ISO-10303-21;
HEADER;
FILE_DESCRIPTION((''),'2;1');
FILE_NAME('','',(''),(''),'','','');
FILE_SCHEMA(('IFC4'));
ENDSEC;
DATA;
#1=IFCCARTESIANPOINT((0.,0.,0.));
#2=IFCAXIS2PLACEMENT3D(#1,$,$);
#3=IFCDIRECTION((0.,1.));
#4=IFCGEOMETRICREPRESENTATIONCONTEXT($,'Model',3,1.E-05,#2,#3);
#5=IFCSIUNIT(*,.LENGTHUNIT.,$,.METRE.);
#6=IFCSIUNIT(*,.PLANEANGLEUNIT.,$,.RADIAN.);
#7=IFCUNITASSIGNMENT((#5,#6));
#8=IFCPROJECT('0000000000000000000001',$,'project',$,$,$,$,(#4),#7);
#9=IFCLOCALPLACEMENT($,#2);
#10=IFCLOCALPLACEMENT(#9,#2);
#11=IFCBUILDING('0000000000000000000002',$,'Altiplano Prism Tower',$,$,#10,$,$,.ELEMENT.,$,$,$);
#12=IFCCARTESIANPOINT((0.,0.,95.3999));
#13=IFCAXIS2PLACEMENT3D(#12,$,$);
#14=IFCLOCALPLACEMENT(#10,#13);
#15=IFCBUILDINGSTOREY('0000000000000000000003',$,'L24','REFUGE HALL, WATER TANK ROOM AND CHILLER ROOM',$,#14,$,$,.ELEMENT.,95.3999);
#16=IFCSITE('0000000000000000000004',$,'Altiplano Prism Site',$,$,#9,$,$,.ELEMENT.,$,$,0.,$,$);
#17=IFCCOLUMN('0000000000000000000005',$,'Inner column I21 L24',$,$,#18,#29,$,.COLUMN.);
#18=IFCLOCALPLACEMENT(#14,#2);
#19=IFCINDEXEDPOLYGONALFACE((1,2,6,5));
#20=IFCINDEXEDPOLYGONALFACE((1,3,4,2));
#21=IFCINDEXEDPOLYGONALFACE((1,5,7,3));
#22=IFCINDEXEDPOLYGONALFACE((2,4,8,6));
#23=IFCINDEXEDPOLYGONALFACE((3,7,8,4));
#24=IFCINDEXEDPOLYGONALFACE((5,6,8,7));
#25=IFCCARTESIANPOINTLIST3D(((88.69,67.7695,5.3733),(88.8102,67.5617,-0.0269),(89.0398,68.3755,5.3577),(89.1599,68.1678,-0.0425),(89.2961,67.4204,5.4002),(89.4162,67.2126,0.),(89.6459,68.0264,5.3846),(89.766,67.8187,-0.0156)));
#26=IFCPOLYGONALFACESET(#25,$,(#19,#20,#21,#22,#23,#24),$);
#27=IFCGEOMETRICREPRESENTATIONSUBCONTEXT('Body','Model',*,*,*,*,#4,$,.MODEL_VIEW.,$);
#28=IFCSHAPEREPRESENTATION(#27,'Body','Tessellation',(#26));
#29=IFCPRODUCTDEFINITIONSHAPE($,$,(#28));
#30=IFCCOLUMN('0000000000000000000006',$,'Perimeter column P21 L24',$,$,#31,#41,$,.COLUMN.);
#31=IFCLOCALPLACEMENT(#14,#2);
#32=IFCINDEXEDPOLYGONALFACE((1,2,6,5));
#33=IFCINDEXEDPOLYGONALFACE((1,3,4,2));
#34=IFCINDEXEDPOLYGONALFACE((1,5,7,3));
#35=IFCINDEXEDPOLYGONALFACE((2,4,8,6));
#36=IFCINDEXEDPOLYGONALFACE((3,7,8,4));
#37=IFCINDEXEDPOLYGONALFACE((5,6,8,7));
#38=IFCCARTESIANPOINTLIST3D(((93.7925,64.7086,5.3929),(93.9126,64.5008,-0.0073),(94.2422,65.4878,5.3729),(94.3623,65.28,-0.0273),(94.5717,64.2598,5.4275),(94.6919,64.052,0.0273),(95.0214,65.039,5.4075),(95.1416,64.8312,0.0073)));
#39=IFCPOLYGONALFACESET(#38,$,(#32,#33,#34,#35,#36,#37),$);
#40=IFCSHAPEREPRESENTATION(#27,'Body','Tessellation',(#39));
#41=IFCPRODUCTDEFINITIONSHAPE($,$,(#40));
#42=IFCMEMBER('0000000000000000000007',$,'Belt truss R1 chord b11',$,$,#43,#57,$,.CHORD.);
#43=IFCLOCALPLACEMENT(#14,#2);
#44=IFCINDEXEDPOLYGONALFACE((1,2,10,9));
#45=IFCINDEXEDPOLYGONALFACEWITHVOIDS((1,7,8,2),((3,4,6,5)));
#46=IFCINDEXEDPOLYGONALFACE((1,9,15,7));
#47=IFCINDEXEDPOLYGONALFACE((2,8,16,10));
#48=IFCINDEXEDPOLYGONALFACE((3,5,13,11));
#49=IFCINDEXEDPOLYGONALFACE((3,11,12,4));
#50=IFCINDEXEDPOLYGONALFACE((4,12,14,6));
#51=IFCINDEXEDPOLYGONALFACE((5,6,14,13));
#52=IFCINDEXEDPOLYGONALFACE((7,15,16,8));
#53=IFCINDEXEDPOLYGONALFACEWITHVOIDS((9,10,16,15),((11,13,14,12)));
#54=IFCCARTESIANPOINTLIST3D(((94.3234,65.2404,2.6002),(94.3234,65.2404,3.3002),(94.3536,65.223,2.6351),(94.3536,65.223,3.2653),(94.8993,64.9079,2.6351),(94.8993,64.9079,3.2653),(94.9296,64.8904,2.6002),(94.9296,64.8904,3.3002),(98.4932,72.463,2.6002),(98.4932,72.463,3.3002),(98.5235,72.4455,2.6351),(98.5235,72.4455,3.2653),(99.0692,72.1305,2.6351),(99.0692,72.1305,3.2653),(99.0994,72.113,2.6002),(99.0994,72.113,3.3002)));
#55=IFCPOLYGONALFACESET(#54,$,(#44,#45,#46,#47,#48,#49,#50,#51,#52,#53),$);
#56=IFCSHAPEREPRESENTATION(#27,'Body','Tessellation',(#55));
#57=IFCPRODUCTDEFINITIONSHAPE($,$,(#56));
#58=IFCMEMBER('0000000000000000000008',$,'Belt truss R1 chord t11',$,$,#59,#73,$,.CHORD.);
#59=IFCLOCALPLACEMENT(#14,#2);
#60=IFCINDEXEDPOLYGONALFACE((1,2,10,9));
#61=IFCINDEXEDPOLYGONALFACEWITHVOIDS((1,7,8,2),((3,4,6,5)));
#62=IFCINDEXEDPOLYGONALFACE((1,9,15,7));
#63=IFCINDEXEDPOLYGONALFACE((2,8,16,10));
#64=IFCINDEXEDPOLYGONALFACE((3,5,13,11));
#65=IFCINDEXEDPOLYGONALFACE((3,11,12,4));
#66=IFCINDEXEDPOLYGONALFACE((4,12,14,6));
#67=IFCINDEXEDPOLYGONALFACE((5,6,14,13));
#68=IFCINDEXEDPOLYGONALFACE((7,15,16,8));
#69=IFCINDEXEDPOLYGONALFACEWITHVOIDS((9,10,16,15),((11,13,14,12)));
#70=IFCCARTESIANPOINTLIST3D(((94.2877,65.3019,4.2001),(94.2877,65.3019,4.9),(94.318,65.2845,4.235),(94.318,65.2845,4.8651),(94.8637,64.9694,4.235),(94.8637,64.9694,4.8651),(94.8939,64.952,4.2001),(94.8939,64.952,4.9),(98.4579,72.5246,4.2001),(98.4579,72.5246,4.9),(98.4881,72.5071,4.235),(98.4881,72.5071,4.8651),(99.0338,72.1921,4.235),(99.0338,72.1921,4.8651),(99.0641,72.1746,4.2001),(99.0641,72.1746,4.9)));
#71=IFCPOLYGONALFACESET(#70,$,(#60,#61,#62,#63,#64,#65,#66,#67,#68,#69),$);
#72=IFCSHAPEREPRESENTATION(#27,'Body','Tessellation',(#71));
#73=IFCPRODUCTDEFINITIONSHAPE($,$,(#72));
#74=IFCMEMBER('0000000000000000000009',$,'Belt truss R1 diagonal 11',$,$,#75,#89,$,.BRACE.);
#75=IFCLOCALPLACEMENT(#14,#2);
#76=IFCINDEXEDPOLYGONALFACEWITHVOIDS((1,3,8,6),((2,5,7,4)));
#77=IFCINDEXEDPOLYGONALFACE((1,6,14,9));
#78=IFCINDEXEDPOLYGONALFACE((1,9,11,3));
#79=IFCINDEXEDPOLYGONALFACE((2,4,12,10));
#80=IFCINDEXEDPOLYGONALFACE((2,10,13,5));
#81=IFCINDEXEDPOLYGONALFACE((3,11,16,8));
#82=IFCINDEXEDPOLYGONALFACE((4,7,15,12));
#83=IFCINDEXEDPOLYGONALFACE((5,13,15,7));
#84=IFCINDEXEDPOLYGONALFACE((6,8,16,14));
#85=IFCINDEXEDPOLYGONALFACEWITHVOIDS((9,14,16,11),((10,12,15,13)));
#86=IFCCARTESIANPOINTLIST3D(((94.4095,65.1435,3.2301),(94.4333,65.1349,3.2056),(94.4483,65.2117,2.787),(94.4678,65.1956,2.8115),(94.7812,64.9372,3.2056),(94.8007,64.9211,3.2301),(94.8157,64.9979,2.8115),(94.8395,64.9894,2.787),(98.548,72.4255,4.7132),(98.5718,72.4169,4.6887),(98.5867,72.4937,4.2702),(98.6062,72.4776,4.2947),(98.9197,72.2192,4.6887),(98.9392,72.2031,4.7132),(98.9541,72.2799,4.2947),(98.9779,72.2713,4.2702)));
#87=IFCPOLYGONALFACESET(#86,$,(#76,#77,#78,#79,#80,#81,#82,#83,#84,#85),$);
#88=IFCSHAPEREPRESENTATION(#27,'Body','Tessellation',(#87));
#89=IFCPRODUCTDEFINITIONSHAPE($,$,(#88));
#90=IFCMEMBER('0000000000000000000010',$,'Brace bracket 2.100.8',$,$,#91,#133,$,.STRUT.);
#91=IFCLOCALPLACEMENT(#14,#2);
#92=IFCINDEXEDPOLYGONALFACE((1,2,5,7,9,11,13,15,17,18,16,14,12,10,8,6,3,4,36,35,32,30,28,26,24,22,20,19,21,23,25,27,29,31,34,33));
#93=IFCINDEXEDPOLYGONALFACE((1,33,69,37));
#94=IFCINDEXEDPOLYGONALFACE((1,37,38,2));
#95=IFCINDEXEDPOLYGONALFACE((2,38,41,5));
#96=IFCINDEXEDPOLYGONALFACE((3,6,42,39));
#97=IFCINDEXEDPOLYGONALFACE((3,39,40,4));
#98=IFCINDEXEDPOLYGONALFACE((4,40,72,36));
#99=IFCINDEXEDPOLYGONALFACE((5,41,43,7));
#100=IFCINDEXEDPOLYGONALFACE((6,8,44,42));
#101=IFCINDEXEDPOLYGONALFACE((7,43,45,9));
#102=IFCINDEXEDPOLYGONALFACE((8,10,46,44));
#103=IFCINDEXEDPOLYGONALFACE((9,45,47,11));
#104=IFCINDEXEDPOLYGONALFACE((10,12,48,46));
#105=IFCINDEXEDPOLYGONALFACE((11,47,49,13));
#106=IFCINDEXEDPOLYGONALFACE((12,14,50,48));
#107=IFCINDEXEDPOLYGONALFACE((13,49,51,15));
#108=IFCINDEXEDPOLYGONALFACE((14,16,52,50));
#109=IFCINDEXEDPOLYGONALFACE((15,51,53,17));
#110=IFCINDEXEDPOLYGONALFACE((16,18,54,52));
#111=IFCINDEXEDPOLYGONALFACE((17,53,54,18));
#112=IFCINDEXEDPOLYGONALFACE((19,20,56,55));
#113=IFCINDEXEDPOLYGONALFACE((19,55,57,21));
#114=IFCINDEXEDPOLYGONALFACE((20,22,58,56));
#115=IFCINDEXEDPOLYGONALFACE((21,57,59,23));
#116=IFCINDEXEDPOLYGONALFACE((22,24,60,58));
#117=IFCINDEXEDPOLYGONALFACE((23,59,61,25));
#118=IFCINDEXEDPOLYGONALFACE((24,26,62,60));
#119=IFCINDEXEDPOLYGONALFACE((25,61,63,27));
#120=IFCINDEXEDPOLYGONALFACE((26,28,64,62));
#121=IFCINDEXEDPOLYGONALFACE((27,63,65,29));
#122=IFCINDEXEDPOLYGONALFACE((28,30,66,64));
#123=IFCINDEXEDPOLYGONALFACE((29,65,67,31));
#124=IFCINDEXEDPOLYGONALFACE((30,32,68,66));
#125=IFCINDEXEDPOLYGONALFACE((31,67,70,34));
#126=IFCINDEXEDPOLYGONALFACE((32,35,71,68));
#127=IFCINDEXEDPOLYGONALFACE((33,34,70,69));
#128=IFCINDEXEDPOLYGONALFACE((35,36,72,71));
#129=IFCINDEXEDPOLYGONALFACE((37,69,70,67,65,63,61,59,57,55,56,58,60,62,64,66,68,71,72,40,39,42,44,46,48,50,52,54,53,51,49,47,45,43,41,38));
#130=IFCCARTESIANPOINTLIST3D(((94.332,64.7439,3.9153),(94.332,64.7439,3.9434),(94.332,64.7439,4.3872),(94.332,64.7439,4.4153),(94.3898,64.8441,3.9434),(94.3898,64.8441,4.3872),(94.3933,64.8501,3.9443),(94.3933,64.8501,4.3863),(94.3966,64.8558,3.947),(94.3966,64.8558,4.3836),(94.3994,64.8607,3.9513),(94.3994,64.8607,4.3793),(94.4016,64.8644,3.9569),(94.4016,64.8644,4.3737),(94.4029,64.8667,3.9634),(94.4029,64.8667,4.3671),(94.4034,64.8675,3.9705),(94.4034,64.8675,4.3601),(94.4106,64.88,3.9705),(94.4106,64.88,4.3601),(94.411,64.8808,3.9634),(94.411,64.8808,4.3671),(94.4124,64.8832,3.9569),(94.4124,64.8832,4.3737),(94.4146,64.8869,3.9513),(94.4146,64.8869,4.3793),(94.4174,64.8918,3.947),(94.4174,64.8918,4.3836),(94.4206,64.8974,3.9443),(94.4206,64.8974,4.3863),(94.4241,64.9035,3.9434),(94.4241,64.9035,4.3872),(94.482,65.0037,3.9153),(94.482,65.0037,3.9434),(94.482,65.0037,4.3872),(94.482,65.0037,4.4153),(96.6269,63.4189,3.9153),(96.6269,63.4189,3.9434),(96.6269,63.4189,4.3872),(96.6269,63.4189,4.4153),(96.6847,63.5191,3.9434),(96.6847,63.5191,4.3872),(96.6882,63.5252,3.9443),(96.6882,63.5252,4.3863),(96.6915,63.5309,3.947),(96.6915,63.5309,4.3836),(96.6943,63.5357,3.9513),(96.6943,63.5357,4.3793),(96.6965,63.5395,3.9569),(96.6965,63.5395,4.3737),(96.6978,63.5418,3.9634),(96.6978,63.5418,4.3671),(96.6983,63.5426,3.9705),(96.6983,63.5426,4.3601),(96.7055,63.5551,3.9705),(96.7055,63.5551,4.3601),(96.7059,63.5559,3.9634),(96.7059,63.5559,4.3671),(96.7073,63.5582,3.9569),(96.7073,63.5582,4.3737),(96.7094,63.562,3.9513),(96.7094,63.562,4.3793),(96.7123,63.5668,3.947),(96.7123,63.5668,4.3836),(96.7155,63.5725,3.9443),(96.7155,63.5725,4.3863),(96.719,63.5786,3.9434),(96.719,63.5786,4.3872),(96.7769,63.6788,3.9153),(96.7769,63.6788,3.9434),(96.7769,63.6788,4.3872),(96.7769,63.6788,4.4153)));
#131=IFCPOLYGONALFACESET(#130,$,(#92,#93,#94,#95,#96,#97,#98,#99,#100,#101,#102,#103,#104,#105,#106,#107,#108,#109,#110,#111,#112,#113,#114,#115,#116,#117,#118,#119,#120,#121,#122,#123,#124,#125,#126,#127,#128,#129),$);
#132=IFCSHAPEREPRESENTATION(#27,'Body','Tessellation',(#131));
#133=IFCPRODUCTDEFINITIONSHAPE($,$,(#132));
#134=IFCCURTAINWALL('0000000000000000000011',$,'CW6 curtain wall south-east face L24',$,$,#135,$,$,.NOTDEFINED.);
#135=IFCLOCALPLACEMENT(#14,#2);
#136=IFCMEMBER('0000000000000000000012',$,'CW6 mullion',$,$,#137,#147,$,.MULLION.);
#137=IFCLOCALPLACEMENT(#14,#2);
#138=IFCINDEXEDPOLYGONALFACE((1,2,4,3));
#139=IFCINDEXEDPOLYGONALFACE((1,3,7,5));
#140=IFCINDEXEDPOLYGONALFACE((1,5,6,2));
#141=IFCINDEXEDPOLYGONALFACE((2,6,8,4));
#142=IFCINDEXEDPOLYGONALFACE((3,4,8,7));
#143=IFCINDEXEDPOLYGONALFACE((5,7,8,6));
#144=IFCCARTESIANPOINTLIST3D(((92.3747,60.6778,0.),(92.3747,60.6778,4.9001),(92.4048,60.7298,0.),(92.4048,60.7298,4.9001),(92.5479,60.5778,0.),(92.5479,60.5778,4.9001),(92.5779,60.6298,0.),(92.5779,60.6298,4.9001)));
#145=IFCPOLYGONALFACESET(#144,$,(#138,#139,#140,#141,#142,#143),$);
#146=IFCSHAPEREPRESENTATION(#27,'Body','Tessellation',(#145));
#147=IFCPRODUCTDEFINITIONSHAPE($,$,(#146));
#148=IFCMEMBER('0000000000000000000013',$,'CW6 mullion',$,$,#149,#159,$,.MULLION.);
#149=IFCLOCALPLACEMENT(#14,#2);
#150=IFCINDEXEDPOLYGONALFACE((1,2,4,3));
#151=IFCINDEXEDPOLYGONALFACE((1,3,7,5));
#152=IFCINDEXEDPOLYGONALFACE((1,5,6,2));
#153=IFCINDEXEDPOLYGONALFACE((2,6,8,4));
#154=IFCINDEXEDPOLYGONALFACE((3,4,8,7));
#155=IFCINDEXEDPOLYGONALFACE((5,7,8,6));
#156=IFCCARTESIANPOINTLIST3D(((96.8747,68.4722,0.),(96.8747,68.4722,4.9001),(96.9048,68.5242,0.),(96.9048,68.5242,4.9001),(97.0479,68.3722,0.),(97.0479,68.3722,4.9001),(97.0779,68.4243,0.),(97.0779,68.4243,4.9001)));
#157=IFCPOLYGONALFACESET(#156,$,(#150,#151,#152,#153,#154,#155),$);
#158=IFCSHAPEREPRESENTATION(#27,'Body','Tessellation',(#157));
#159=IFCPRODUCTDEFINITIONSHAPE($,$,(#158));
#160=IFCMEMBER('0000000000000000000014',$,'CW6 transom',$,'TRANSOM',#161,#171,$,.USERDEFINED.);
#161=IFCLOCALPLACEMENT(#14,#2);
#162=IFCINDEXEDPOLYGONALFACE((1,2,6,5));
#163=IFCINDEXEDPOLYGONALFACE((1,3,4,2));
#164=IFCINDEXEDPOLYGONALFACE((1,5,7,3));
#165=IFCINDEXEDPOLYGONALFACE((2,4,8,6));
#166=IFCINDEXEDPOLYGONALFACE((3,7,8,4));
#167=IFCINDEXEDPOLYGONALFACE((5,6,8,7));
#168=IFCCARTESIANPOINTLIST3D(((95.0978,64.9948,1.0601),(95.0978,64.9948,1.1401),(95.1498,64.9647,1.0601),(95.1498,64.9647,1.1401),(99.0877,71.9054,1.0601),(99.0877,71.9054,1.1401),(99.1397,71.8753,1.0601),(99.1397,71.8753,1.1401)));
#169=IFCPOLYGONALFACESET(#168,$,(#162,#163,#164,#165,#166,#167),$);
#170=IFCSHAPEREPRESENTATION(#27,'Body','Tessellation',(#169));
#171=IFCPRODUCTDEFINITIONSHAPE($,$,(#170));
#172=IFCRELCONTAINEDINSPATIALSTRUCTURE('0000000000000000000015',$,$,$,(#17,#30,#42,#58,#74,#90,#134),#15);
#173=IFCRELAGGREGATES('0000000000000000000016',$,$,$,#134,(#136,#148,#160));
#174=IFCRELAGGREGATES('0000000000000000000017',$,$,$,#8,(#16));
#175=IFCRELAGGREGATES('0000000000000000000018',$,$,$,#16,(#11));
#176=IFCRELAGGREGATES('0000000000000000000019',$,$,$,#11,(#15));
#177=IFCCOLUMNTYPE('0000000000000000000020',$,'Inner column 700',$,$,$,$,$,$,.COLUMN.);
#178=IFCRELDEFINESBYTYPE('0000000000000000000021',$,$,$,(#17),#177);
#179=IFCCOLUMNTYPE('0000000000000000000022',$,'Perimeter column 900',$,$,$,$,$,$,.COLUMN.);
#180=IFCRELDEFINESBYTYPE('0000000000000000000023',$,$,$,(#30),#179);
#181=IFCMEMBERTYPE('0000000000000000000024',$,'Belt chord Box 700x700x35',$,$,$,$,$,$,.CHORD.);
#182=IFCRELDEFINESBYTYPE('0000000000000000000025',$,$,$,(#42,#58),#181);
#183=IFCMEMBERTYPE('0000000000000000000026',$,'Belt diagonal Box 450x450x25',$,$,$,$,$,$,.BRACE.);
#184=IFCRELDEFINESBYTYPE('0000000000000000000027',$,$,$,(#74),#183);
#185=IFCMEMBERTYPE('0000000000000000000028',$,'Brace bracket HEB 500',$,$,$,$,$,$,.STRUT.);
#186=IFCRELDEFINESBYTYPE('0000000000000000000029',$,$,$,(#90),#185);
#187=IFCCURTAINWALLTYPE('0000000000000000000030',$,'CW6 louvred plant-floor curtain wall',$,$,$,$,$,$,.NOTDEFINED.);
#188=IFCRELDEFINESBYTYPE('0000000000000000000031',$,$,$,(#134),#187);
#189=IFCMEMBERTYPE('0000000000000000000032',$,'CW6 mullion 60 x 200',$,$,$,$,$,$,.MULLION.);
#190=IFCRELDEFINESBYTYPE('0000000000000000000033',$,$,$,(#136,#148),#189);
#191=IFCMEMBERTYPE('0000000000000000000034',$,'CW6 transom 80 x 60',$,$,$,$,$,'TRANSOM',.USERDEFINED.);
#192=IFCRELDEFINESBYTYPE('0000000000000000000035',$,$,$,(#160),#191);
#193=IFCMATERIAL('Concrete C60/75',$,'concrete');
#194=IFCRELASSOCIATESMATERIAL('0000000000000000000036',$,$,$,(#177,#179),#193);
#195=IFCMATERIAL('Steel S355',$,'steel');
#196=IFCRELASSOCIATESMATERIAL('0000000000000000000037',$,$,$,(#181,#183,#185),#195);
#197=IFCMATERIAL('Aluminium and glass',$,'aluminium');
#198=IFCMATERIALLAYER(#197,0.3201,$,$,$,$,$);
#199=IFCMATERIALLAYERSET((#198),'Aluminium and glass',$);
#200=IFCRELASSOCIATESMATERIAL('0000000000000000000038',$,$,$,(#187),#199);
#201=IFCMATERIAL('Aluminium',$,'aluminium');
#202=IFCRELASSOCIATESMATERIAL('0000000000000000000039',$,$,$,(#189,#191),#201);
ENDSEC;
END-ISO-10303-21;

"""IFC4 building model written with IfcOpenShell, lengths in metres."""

from ifc_helpers import new_model, si_unit, direction, frame, origin, origin_2d, place, context, subcontext, project, spatial, rectangle, hollow_rectangle, i_section, extrude, material, layer, layer_set, material_profile, profile_set, type_object, element, aggregate, save


model = new_model("IFC4")

# Units and contexts
model_context = context("Model", 3, precision=1e-05, world=origin(), true_north=direction((0.0, 1.0)))
body_context = subcontext(model_context, "Body", "Model", "MODEL_VIEW")
ifc_project = project(units=[si_unit("LENGTHUNIT", "METRE"), si_unit("PLANEANGLEUNIT", "RADIAN")], contexts=[model_context])

# Site, building, storey
site_placement = place(None, origin())
site = spatial("IfcSite", under=ifc_project, at=site_placement, Name="Altiplano Prism Site", CompositionType="ELEMENT", RefElevation=0.0)
building_placement = place(site_placement, origin())
building = spatial("IfcBuilding", under=site, at=building_placement, Name="Altiplano Prism Tower", CompositionType="ELEMENT")
storey_placement = place(building_placement, frame((0.0, 0.0, 95.3999)))
storey = spatial("IfcBuildingStorey", under=building, at=storey_placement, Name="L24", Description="REFUGE HALL, WATER TANK ROOM AND CHILLER ROOM", CompositionType="ELEMENT", Elevation=95.3999)

# Columns
ifc_material_1 = material(Name="Concrete C60/75", Category="concrete")
ifc_material_profile_1 = material_profile(ifc_material_1, rectangle(XDim=0.7, YDim=0.7, at=origin_2d()), Name="Inner column 700")
ifc_profile_set_1 = profile_set([ifc_material_profile_1], Name="Concrete C60/75")
column_type_1 = type_object("IfcColumnType", Name="Inner column 700", PredefinedType="COLUMN", material=ifc_profile_set_1)
column_1_placement = place(storey_placement, frame((89.2881, 67.6902, -0.0212), z_axis=(-0.022221, 0.038436, 0.999014), x_axis=(-0.499729, -0.865897, 0.022199)))
element("IfcColumn", 1, at=column_1_placement, inside=storey, type_object=column_type_1, Name="Inner column I21 L24", PredefinedType="COLUMN", context=body_context, shape_type="SweptSolid", body=[
    extrude(rectangle(XDim=0.7, YDim=0.7, at=origin_2d()), origin(), (0.0, 0.0, 1.0), 5.4055),
])
ifc_material_profile_2 = material_profile(ifc_material_1, rectangle(XDim=0.8999, YDim=0.8999, at=origin_2d()), Name="Perimeter column 900")
ifc_profile_set_2 = profile_set([ifc_material_profile_2], Name="Concrete C60/75")
column_type_2 = type_object("IfcColumnType", Name="Perimeter column 900", PredefinedType="COLUMN", material=ifc_profile_set_2)
column_2_placement = place(storey_placement, frame((94.5271, 64.666, 0.0), z_axis=(-0.022221, 0.038436, 0.999014), x_axis=(-0.499729, -0.865897, 0.022199)))
element("IfcColumn", 2, at=column_2_placement, inside=storey, type_object=column_type_2, Name="Perimeter column P21 L24", PredefinedType="COLUMN", context=body_context, shape_type="SweptSolid", body=[
    extrude(rectangle(XDim=0.8999, YDim=0.8999, at=origin_2d()), origin(), (0.0, 0.0, 1.0), 5.4055),
])

# Members
ifc_material_2 = material(Name="Steel S355", Category="steel")
ifc_material_profile_3 = material_profile(ifc_material_2, hollow_rectangle(XDim=0.7, YDim=0.7, WallThickness=0.0349, at=origin_2d()), Name="Belt chord Box 700x700x35")
ifc_profile_set_3 = profile_set([ifc_material_profile_3], Name="Steel S355")
member_type_1 = type_object("IfcMemberType", Name="Belt chord Box 700x700x35", PredefinedType="CHORD", material=ifc_profile_set_3)
member_1_placement = place(storey_placement, frame((94.6265, 65.0654, 2.9502), z_axis=(0.499993, 0.86603, 0.0), x_axis=(-0.86603, 0.499993, 0.0)))
element("IfcMember", 3, at=member_1_placement, inside=storey, type_object=member_type_1, Name="Belt truss R1 chord b11", PredefinedType="CHORD", context=body_context, shape_type="SweptSolid", body=[
    extrude(hollow_rectangle(XDim=0.7, YDim=0.7, WallThickness=0.0349, at=origin_2d()), origin(), (0.0, 0.0, 1.0), 8.3398),
])
member_2_placement = place(storey_placement, frame((94.5908, 65.127, 4.55), z_axis=(0.500015, 0.866017, 0.0), x_axis=(-0.866017, 0.500015, 0.0)))
element("IfcMember", 4, at=member_2_placement, inside=storey, type_object=member_type_1, Name="Belt truss R1 chord t11", PredefinedType="CHORD", context=body_context, shape_type="SweptSolid", body=[
    extrude(hollow_rectangle(XDim=0.7, YDim=0.7, WallThickness=0.0349, at=origin_2d()), origin(), (0.0, 0.0, 1.0), 8.3401),
])
ifc_material_profile_4 = material_profile(ifc_material_2, hollow_rectangle(XDim=0.45, YDim=0.45, WallThickness=0.0249, at=origin_2d()), Name="Belt diagonal Box 450x450x25")
ifc_profile_set_4 = profile_set([ifc_material_profile_4], Name="Steel S355")
member_type_2 = type_object("IfcMemberType", Name="Belt diagonal Box 450x450x25", PredefinedType="BRACE", material=ifc_profile_set_4)
member_3_placement = place(storey_placement, frame((94.6245, 65.0664, 3.0085), z_axis=(0.486525, 0.85609, 0.174364), x_axis=(-0.869408, 0.494094, 0.0)))
element("IfcMember", 5, at=member_3_placement, inside=storey, type_object=member_type_2, Name="Belt truss R1 diagonal 11", PredefinedType="BRACE", context=body_context, shape_type="SweptSolid", body=[
    extrude(hollow_rectangle(XDim=0.45, YDim=0.45, WallThickness=0.0249, at=origin_2d()), origin(), (0.0, 0.0, 1.0), 8.5061),
])
ifc_material_profile_5 = material_profile(ifc_material_2, i_section(OverallWidth=0.3, OverallDepth=0.5, WebThickness=0.0144, FlangeThickness=0.0281, FilletRadius=0.0271, at=origin_2d()), Name="Brace bracket HEB 500")
ifc_profile_set_5 = profile_set([ifc_material_profile_5], Name="Steel S355")
member_type_3 = type_object("IfcMemberType", Name="Brace bracket HEB 500", PredefinedType="STRUT", material=ifc_profile_set_5)
member_4_placement = place(storey_placement, frame((94.407, 64.8738, 4.1653), z_axis=(0.866029, -0.499994, 0.0), x_axis=(0.499994, 0.866029, 0.0)))
element("IfcMember", 6, at=member_4_placement, inside=storey, type_object=member_type_3, Name="Brace bracket 2.100.8", PredefinedType="STRUT", context=body_context, shape_type="SweptSolid", body=[
    extrude(i_section(OverallWidth=0.3, OverallDepth=0.5, WebThickness=0.0144, FlangeThickness=0.0281, FilletRadius=0.0271, at=origin_2d()), origin(), (0.0, 0.0, 1.0), 2.6499),
])

# Curtain wall, members
ifc_material_3 = material(Name="Aluminium and glass", Category="aluminium")
ifc_layer_1 = layer(ifc_material_3, 0.3201)
ifc_layer_set_1 = layer_set([ifc_layer_1], Name="Aluminium and glass")
curtain_wall_type = type_object("IfcCurtainWallType", Name="CW6 louvred plant-floor curtain wall", PredefinedType="NOTDEFINED", material=ifc_layer_set_1)
curtain_wall_placement = place(storey_placement, origin())
curtain_wall = element("IfcCurtainWall", 7, at=curtain_wall_placement, inside=storey, type_object=curtain_wall_type, Name="CW6 curtain wall south-east face L24", PredefinedType="NOTDEFINED")
ifc_material_4 = material(Name="Aluminium", Category="aluminium")
ifc_material_profile_6 = material_profile(ifc_material_4, rectangle(XDim=0.2, YDim=0.0601, at=origin_2d()), Name="CW6 mullion 60 x 200")
ifc_profile_set_6 = profile_set([ifc_material_profile_6], Name="Aluminium")
member_type_4 = type_object("IfcMemberType", Name="CW6 mullion 60 x 200", PredefinedType="MULLION", material=ifc_profile_set_6)
member_5_placement = place(storey_placement, frame((92.4763, 60.6538, 0.0), z_axis=(0.0, 0.0, 1.0), x_axis=(-0.866025, 0.5, 0.0)))
member_5 = element("IfcMember", 8, at=member_5_placement, type_object=member_type_4, Name="CW6 mullion", PredefinedType="MULLION", context=body_context, shape_type="SweptSolid", body=[
    extrude(rectangle(XDim=0.2, YDim=0.0601, at=origin_2d()), origin(), (0.0, 0.0, 1.0), 4.9001),
])
member_6_placement = place(storey_placement, frame((96.9763, 68.4482, 0.0), z_axis=(0.0, 0.0, 1.0), x_axis=(-0.866025, 0.5, 0.0)))
member_6 = element("IfcMember", 9, at=member_6_placement, type_object=member_type_4, Name="CW6 mullion", PredefinedType="MULLION", context=body_context, shape_type="SweptSolid", body=[
    extrude(rectangle(XDim=0.2, YDim=0.0601, at=origin_2d()), origin(), (0.0, 0.0, 1.0), 4.9001),
])
ifc_material_profile_7 = material_profile(ifc_material_4, rectangle(XDim=0.0601, YDim=0.0801, at=origin_2d()), Name="CW6 transom 80 x 60")
ifc_profile_set_7 = profile_set([ifc_material_profile_7], Name="Aluminium")
member_type_5 = type_object("IfcMemberType", Name="CW6 transom 80 x 60", ElementType="TRANSOM", PredefinedType="USERDEFINED", material=ifc_profile_set_7)
member_7_placement = place(storey_placement, frame((95.1238, 64.9797, 1.1001), z_axis=(0.500012, 0.866018, 0.0), x_axis=(-0.866018, 0.500012, 0.0)))
member_7 = element("IfcMember", 10, at=member_7_placement, type_object=member_type_5, Name="CW6 transom", ObjectType="TRANSOM", PredefinedType="USERDEFINED", context=body_context, shape_type="SweptSolid", body=[
    extrude(rectangle(XDim=0.0601, YDim=0.0801, at=origin_2d()), origin(), (0.0, 0.0, 1.0), 7.9797),
])

aggregate(curtain_wall, [member_5, member_6, member_7])

save(model, "model.ifc")
